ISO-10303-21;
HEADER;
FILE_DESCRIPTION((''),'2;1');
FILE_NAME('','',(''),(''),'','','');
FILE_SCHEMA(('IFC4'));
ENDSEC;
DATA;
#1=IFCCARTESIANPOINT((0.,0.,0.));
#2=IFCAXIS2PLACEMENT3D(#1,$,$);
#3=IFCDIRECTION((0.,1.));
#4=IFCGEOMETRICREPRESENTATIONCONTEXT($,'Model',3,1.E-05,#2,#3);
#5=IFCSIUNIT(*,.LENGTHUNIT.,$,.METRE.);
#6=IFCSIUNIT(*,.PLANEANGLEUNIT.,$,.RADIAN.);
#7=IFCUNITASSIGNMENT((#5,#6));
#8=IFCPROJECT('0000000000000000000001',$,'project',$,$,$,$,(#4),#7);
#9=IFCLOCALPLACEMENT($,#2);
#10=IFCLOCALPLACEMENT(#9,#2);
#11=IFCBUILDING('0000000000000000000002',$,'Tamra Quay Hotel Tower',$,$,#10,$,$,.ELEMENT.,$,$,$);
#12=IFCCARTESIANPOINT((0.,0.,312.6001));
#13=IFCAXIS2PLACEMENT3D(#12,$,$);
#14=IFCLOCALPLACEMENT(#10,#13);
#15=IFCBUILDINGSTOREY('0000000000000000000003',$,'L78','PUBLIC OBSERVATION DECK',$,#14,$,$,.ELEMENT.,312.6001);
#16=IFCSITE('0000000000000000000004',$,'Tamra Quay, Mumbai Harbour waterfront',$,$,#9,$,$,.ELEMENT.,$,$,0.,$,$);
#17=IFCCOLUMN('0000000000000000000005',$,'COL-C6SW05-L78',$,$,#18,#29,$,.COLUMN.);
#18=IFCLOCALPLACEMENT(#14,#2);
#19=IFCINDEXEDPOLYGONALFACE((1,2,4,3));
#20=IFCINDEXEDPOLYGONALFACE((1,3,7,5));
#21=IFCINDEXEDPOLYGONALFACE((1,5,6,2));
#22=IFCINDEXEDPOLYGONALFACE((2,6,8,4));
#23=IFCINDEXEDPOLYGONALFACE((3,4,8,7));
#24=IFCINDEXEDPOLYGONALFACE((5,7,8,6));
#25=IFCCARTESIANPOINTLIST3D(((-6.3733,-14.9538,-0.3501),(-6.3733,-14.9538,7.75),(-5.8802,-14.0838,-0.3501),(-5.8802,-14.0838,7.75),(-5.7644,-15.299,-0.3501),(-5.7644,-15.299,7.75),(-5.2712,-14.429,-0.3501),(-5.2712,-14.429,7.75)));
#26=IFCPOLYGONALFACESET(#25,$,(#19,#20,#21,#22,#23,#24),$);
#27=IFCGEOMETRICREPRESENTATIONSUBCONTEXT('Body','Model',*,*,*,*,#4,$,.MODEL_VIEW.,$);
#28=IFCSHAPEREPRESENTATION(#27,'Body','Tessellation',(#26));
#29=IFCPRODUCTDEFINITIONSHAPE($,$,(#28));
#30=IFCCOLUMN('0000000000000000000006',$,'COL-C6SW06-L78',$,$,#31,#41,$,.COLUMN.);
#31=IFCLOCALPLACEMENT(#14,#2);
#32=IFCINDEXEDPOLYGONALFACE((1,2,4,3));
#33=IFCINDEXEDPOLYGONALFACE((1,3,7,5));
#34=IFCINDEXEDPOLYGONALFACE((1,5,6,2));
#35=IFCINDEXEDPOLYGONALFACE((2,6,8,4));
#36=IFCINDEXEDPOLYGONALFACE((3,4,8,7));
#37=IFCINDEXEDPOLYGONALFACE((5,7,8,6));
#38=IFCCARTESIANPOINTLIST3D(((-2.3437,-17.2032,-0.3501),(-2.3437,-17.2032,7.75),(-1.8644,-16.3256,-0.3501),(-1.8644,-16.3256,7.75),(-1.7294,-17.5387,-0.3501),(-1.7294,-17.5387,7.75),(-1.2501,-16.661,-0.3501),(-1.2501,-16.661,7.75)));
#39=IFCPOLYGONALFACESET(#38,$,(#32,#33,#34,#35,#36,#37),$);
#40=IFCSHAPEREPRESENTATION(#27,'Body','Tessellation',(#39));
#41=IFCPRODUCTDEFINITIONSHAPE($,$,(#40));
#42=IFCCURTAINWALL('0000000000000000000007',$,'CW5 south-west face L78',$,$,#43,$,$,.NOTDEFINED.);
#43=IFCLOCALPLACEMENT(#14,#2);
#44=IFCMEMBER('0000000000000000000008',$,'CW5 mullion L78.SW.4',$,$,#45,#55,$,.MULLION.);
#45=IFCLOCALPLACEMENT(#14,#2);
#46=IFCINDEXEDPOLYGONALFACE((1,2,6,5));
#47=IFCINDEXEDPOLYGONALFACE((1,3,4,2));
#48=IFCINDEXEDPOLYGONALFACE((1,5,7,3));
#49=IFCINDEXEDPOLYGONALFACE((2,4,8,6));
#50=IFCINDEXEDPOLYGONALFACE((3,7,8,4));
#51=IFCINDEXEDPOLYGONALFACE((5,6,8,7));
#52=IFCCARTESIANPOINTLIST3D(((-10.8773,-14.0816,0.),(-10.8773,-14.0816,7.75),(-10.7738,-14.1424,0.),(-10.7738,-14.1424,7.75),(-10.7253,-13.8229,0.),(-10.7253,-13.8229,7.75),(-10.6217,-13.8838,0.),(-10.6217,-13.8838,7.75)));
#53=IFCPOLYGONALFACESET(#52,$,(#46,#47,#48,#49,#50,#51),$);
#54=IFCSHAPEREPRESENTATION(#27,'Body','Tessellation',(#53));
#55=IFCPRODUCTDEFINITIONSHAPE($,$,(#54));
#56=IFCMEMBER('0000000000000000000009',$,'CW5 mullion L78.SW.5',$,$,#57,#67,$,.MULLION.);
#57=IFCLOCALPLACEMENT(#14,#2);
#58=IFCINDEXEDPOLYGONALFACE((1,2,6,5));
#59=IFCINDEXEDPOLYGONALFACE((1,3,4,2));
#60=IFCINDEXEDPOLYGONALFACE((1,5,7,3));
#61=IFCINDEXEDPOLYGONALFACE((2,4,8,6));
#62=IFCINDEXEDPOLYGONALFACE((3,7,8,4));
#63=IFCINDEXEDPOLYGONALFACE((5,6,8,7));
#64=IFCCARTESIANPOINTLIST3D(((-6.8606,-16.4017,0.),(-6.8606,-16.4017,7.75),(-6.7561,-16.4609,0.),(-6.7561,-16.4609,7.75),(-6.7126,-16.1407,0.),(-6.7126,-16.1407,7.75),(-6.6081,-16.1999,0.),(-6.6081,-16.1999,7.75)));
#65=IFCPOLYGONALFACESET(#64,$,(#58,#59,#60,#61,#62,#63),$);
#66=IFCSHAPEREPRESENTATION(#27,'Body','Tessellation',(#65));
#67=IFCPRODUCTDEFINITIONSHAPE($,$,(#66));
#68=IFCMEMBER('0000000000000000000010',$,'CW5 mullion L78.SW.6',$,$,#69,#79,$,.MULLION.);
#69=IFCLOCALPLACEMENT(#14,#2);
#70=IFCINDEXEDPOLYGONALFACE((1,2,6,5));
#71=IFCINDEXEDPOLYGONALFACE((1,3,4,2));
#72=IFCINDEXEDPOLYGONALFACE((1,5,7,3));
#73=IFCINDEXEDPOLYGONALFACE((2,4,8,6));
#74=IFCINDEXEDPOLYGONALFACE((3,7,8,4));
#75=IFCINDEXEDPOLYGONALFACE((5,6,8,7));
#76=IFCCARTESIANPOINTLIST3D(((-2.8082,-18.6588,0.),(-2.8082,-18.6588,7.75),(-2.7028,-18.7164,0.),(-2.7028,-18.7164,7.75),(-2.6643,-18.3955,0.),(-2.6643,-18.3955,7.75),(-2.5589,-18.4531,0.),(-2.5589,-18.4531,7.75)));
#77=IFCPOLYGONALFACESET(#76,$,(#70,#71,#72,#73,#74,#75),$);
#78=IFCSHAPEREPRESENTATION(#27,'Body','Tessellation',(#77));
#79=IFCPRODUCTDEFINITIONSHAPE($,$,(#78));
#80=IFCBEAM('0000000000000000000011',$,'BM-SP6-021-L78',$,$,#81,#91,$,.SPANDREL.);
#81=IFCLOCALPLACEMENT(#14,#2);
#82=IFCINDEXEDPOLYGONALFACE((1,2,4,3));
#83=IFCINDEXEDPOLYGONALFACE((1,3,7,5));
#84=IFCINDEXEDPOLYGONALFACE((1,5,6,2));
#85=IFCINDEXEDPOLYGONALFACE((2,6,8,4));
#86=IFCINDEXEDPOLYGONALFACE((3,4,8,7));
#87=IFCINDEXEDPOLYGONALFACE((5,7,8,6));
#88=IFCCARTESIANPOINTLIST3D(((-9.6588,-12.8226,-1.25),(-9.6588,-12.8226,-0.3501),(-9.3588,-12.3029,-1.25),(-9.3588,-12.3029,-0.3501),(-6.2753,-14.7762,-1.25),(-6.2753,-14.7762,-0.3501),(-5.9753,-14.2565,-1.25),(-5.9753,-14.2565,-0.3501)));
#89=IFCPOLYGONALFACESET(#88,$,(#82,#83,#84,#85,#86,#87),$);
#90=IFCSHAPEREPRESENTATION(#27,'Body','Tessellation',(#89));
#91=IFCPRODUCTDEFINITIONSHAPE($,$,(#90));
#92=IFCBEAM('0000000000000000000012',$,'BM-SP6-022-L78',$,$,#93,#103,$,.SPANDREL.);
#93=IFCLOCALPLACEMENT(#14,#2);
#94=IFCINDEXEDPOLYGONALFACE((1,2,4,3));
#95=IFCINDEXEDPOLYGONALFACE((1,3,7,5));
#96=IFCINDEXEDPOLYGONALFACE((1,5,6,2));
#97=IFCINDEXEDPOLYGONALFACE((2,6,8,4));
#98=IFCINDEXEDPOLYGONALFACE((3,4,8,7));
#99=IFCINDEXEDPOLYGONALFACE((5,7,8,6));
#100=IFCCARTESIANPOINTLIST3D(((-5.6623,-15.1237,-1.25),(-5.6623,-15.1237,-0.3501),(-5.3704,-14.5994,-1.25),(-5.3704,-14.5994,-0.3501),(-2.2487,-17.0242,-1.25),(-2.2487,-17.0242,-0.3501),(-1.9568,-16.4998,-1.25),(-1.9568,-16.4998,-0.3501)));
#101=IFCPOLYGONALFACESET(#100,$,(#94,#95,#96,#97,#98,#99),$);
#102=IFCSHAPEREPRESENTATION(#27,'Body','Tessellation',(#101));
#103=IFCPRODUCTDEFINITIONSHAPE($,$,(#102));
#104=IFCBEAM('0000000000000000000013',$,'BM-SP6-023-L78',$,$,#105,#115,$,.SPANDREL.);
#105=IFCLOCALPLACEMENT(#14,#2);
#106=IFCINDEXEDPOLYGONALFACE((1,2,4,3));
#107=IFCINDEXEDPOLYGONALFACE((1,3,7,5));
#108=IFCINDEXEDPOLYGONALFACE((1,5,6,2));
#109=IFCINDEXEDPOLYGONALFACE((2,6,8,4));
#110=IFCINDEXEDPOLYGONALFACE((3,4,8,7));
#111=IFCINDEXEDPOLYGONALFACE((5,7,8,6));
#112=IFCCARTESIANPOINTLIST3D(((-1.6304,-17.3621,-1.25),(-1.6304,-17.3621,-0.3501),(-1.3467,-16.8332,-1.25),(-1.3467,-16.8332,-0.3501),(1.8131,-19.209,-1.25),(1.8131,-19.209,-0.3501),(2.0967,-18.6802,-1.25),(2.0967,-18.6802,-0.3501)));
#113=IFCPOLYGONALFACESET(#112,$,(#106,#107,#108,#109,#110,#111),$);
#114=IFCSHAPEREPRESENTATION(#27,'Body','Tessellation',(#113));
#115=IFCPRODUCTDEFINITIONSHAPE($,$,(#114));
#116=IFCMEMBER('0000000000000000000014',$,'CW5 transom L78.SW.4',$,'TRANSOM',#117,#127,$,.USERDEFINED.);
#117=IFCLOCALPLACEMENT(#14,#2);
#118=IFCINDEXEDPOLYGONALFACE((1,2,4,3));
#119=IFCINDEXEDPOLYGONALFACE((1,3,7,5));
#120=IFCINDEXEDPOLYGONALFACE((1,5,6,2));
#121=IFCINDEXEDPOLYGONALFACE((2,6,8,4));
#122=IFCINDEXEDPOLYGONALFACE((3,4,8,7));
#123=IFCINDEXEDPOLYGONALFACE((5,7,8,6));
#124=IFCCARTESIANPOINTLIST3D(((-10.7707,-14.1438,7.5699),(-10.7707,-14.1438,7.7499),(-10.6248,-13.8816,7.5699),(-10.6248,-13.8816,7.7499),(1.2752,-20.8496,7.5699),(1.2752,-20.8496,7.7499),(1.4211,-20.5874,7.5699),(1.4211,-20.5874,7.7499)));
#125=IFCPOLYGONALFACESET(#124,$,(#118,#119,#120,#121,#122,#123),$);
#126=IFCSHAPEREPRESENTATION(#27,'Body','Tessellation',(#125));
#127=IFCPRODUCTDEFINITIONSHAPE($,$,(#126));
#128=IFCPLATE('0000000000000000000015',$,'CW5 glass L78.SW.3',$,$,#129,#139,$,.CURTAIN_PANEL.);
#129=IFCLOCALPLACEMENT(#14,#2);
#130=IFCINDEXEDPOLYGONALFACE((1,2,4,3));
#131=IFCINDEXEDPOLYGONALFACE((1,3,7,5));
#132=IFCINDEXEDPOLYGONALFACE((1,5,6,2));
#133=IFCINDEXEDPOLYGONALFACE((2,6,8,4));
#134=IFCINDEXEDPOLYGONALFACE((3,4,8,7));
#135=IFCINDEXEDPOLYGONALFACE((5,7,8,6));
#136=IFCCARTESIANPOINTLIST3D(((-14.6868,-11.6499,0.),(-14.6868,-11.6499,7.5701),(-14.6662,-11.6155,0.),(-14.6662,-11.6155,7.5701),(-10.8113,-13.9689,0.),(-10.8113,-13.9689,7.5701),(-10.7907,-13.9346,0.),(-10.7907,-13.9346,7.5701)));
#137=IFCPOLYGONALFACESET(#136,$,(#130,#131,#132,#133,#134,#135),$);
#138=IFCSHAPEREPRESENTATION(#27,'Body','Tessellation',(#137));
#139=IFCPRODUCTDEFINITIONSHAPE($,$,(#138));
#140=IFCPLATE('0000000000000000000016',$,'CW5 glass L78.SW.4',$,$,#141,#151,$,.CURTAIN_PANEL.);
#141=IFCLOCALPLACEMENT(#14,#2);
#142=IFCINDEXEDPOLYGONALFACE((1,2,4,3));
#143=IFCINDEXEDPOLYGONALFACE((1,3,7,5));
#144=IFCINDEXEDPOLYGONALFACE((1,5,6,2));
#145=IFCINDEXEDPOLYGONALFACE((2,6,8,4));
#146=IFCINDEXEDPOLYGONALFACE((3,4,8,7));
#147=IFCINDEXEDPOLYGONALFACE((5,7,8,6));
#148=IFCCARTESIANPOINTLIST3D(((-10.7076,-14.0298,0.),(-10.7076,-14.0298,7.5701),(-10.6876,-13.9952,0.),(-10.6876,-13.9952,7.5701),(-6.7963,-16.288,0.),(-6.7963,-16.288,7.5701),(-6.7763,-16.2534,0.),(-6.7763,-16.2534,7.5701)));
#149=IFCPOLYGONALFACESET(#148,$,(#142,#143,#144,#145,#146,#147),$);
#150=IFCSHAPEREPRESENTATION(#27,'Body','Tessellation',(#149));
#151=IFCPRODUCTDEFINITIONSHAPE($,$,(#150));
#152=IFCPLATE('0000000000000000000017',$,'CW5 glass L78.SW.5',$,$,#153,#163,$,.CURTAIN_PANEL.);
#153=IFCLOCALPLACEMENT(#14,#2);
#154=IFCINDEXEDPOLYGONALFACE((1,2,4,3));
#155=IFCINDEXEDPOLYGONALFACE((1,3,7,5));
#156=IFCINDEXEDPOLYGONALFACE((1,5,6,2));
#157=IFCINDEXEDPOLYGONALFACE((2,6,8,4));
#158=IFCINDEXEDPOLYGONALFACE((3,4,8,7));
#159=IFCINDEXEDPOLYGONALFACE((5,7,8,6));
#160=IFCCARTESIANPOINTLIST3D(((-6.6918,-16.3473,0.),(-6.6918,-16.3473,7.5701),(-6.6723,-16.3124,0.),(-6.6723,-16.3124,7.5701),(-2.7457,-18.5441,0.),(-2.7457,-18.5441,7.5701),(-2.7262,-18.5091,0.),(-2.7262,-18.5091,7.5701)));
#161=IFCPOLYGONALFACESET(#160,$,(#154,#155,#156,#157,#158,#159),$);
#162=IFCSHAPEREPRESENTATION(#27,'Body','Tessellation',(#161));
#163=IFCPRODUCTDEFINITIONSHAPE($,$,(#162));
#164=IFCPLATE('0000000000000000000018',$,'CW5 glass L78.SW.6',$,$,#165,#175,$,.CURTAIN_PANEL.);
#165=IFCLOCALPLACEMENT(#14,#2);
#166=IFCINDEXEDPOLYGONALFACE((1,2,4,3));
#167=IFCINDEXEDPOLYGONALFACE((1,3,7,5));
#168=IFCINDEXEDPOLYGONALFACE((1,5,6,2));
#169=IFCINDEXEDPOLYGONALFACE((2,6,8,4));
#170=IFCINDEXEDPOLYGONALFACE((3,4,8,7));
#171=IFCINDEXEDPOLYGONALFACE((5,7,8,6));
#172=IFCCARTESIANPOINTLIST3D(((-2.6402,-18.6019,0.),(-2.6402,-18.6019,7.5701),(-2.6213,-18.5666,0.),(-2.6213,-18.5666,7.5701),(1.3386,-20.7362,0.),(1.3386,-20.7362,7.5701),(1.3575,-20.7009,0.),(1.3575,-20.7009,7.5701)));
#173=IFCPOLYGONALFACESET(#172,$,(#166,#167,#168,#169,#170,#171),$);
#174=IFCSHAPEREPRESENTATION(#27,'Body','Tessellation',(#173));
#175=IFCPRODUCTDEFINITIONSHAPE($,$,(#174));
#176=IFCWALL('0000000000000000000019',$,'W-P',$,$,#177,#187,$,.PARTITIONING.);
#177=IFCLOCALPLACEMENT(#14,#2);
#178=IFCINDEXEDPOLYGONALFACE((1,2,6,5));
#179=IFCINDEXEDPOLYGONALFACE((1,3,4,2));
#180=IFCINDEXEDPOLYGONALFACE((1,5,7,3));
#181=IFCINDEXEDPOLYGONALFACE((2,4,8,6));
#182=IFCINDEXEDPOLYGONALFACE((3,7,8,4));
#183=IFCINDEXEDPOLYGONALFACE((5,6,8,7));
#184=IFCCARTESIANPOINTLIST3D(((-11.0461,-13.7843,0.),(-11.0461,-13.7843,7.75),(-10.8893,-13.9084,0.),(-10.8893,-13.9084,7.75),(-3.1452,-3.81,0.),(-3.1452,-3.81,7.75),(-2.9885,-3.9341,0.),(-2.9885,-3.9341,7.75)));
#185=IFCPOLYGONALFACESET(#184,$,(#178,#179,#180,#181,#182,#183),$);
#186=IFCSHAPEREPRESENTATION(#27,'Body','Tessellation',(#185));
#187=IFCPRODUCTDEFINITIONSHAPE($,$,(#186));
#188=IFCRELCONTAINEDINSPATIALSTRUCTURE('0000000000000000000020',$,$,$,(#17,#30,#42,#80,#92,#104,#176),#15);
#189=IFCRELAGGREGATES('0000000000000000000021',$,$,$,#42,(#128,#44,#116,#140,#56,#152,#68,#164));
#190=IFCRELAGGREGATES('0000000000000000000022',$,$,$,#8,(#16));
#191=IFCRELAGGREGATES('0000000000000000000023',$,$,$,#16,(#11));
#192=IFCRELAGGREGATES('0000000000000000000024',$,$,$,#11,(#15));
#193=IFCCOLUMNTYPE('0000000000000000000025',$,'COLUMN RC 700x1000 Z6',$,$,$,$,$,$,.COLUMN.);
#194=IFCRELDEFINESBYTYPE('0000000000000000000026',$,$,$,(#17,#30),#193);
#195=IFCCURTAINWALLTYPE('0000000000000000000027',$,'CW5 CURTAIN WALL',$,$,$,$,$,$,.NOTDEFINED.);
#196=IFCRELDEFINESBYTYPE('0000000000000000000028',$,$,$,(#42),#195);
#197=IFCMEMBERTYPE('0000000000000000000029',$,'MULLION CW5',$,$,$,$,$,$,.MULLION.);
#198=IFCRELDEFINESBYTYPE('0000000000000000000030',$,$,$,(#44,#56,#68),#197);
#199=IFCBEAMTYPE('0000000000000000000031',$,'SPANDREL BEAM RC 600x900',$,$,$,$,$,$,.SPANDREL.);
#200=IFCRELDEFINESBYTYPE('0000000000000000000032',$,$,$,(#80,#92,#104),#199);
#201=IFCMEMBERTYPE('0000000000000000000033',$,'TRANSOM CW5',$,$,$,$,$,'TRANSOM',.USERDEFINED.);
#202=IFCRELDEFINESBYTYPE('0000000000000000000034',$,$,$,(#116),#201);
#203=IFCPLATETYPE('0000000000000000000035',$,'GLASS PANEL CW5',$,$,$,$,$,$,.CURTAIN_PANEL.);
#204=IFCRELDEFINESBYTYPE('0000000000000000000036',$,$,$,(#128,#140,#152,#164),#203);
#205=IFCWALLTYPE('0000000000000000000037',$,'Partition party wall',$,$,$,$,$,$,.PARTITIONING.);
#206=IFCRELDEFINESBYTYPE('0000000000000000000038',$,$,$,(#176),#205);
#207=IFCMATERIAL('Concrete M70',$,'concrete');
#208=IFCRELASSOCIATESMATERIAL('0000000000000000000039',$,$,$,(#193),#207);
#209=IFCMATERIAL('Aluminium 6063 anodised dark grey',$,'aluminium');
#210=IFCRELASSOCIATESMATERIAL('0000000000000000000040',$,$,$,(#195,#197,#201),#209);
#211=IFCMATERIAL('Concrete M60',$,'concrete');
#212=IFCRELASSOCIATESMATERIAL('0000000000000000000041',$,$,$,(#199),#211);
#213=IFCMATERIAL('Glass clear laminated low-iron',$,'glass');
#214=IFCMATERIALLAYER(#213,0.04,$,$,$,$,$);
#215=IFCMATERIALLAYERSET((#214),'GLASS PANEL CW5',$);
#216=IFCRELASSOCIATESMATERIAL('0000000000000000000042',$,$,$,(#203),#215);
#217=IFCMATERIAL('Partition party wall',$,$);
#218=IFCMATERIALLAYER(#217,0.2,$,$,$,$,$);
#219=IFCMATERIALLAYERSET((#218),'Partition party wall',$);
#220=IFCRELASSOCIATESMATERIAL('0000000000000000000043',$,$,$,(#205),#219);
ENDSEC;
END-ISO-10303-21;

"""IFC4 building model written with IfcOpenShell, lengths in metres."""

from ifc_helpers import new_model, si_unit, direction, frame, frame_2d, origin, origin_2d, place, context, subcontext, project, spatial, rectangle, extrude, material, layer, layer_set, material_profile, profile_set, type_object, element, aggregate, save


model = new_model("IFC4")

# Units and contexts
model_context = context("Model", 3, precision=1e-05, world=origin(), true_north=direction((0.0, 1.0)))
body_context = subcontext(model_context, "Body", "Model", "MODEL_VIEW")
ifc_project = project(units=[si_unit("LENGTHUNIT", "METRE"), si_unit("PLANEANGLEUNIT", "RADIAN")], contexts=[model_context])

# Site, building, storey
site_placement = place(None, origin())
site = spatial("IfcSite", under=ifc_project, at=site_placement, Name="Tamra Quay, Mumbai Harbour waterfront", CompositionType="ELEMENT", RefElevation=0.0)
building_placement = place(site_placement, origin())
building = spatial("IfcBuilding", under=site, at=building_placement, Name="Tamra Quay Hotel Tower", CompositionType="ELEMENT")
storey_placement = place(building_placement, frame((0.0, 0.0, 312.6001)))
storey = spatial("IfcBuildingStorey", under=building, at=storey_placement, Name="L78", Description="PUBLIC OBSERVATION DECK", CompositionType="ELEMENT", Elevation=312.6001)

# Columns
ifc_material_1 = material(Name="Concrete M70", Category="concrete")
ifc_material_profile_1 = material_profile(ifc_material_1, rectangle(XDim=1.0, YDim=0.7, at=origin_2d()), Name="COLUMN RC 700x1000 Z6")
ifc_profile_set_1 = profile_set([ifc_material_profile_1], Name="Concrete M70")
column_type = type_object("IfcColumnType", Name="COLUMN RC 700x1000 Z6", PredefinedType="COLUMN", material=ifc_profile_set_1)
for number, where, z_axis, x_axis, name in (
    (1, (-5.8223, -14.6914, -0.3501), (0.0, 0.0, 1.0), (0.493125, 0.869958, 0.0), "COL-C6SW05-L78"),
    (2, (-1.7969, -16.9321, -0.3501), (0.0, 0.0, 1.0), (0.479288, 0.877658, 0.0), "COL-C6SW06-L78"),
):
    element("IfcColumn", number, at=place(storey_placement, frame(where, z_axis=z_axis, x_axis=x_axis)), inside=storey, type_object=column_type, Name=name, PredefinedType="COLUMN", context=body_context, shape_type="SweptSolid", body=[
        extrude(rectangle(XDim=1.0, YDim=0.7, at=origin_2d()), origin(), (0.0, 0.0, 1.0), 8.1001),
    ])

# Curtain wall, members
ifc_material_2 = material(Name="Aluminium 6063 anodised dark grey", Category="aluminium")
curtain_wall_type = type_object("IfcCurtainWallType", Name="CW5 CURTAIN WALL", PredefinedType="NOTDEFINED", material=ifc_material_2)
curtain_wall_placement = place(storey_placement, origin())
curtain_wall = element("IfcCurtainWall", 3, at=curtain_wall_placement, inside=storey, type_object=curtain_wall_type, Name="CW5 south-west face L78", PredefinedType="NOTDEFINED")
ifc_material_profile_2 = material_profile(ifc_material_2, rectangle(XDim=0.3, YDim=0.1201, at=origin_2d()), Name="MULLION 120X300")
ifc_profile_set_2 = profile_set([ifc_material_profile_2], Name="Aluminium 6063 anodised dark grey")
member_type_1 = type_object("IfcMemberType", Name="MULLION CW5", PredefinedType="MULLION", material=ifc_profile_set_2)
member_1_placement = place(storey_placement, frame((-10.7495, -13.9827, 0.0), z_axis=(0.0, 0.0, 1.0), x_axis=(-0.506754, -0.862091, 0.0)))
member_1 = element("IfcMember", 4, at=member_1_placement, type_object=member_type_1, Name="CW5 mullion L78.SW.4", PredefinedType="MULLION", context=body_context, shape_type="SweptSolid", body=[
    extrude(rectangle(XDim=0.3, YDim=0.1201, at=origin_2d()), origin(), (0.0, 0.0, 1.0), 7.75),
])
member_2_placement = place(storey_placement, frame((-6.7344, -16.3008, 0.0), z_axis=(0.0, 0.0, 1.0), x_axis=(-0.493215, -0.869907, 0.0)))
member_2 = element("IfcMember", 5, at=member_2_placement, type_object=member_type_1, Name="CW5 mullion L78.SW.5", PredefinedType="MULLION", context=body_context, shape_type="SweptSolid", body=[
    extrude(rectangle(XDim=0.3, YDim=0.1201, at=origin_2d()), origin(), (0.0, 0.0, 1.0), 7.75),
])
member_3_placement = place(storey_placement, frame((-2.6836, -18.5559, 0.0), z_axis=(0.0, 0.0, 1.0), x_axis=(-0.479565, -0.877506, 0.0)))
member_3 = element("IfcMember", 6, at=member_3_placement, type_object=member_type_1, Name="CW5 mullion L78.SW.6", PredefinedType="MULLION", context=body_context, shape_type="SweptSolid", body=[
    extrude(rectangle(XDim=0.3, YDim=0.1201, at=origin_2d()), origin(), (0.0, 0.0, 1.0), 7.75),
])

# Beams
ifc_material_3 = material(Name="Concrete M60", Category="concrete")
ifc_material_profile_3 = material_profile(ifc_material_3, rectangle(XDim=0.6001, YDim=0.8999, at=origin_2d()), Name="SPANDREL BEAM RC 600x900")
ifc_profile_set_3 = profile_set([ifc_material_profile_3], Name="Concrete M60")
beam_type = type_object("IfcBeamType", Name="SPANDREL BEAM RC 600x900", PredefinedType="SPANDREL", material=ifc_profile_set_3)
for number, where, z_axis, x_axis, name in (
    (7, (-9.5088, -12.5627, -0.8), (0.866012, -0.500024, 0.0), (0.500024, 0.866012, 0.0), "BM-SP6-021-L78"),
    (8, (-5.5164, -14.8616, -0.8), (0.873727, -0.486417, 0.0), (0.486417, 0.873727, 0.0), "BM-SP6-022-L78"),
):
    element("IfcBeam", number, at=place(storey_placement, frame(where, z_axis=z_axis, x_axis=x_axis)), inside=storey, type_object=beam_type, Name=name, PredefinedType="SPANDREL", context=body_context, shape_type="SweptSolid", body=[
        extrude(rectangle(XDim=0.6001, YDim=0.8999, at=origin_2d()), origin(), (0.0, 0.0, 1.0), 3.907),
    ])
beam_placement = place(storey_placement, frame((-1.4885, -17.0977, -0.8), z_axis=(0.881238, -0.472672, 0.0), x_axis=(0.472672, 0.881238, 0.0)))
element("IfcBeam", 9, at=beam_placement, inside=storey, type_object=beam_type, Name="BM-SP6-023-L78", PredefinedType="SPANDREL", context=body_context, shape_type="SweptSolid", body=[
    extrude(rectangle(XDim=0.6001, YDim=0.8999, at=origin_2d()), origin(), (0.0, 0.0, 1.0), 3.9075),
])

# Member
ifc_material_profile_4 = material_profile(ifc_material_2, rectangle(XDim=0.3, YDim=0.1799, at=origin_2d()), Name="TRANSOM 300X180")
ifc_profile_set_4 = profile_set([ifc_material_profile_4], Name="Aluminium 6063 anodised dark grey")
member_type_2 = type_object("IfcMemberType", Name="TRANSOM CW5", ElementType="TRANSOM", PredefinedType="USERDEFINED", material=ifc_profile_set_4)
member_4_placement = place(storey_placement, frame((-10.6978, -14.0127, 7.6599), z_axis=(0.873737, -0.486399, 0.0), x_axis=(0.486399, 0.873737, 0.0)))
member_4 = element("IfcMember", 10, at=member_4_placement, type_object=member_type_2, Name="CW5 transom L78.SW.4", ObjectType="TRANSOM", PredefinedType="USERDEFINED", context=body_context, shape_type="SweptSolid", body=[
    extrude(rectangle(XDim=0.3, YDim=0.1799, at=origin_2d()), origin(), (0.0, 0.0, 1.0), 13.7866),
])

# Plates
ifc_material_4 = material(Name="Glass clear laminated low-iron", Category="glass")
ifc_layer_1 = layer(ifc_material_4, 0.04)
ifc_layer_set_1 = layer_set([ifc_layer_1], Name="GLASS PANEL CW5")
plate_type = type_object("IfcPlateType", Name="GLASS PANEL CW5", PredefinedType="CURTAIN_PANEL", material=ifc_layer_set_1)
plate_1_placement = place(storey_placement, frame((-12.7388, -12.7922, 0.0), z_axis=(0.0, 0.0, 1.0), x_axis=(0.858103, -0.513477, 0.0)))
plate_1 = element("IfcPlate", 11, at=plate_1_placement, type_object=plate_type, Name="CW5 glass L78.SW.3", PredefinedType="CURTAIN_PANEL", context=body_context, shape_type="SweptSolid", body=[
    extrude(rectangle(XDim=4.5164, YDim=0.04, at=origin_2d()), origin(), (0.0, 0.0, 1.0), 7.5701),
])
plate_2_placement = place(storey_placement, frame((-8.7419, -15.1416, 0.0), z_axis=(0.0, 0.0, 1.0), x_axis=(0.866025, -0.5, 0.0)))
plate_2 = element("IfcPlate", 12, at=plate_2_placement, type_object=plate_type, Name="CW5 glass L78.SW.4", PredefinedType="CURTAIN_PANEL", context=body_context, shape_type="SweptSolid", body=[
    extrude(rectangle(XDim=4.5164, YDim=0.04, at=origin_2d()), origin(), (0.0, 0.0, 1.0), 7.5701),
])
plate_3_placement = place(storey_placement, frame((-4.709, -17.4282, 0.0), z_axis=(0.0, 0.0, 1.0), x_axis=(0.873736, -0.486401, 0.0)))
plate_3 = element("IfcPlate", 13, at=plate_3_placement, type_object=plate_type, Name="CW5 glass L78.SW.5", PredefinedType="CURTAIN_PANEL", context=body_context, shape_type="SweptSolid", body=[
    extrude(rectangle(XDim=4.5164, YDim=0.04, at=origin_2d()), origin(), (0.0, 0.0, 1.0), 7.5701),
])
plate_4_placement = place(storey_placement, frame((-0.6414, -19.6514, 0.0), z_axis=(0.0, 0.0, 1.0), x_axis=(0.881224, -0.4727, 0.0)))
plate_4 = element("IfcPlate", 14, at=plate_4_placement, type_object=plate_type, Name="CW5 glass L78.SW.6", PredefinedType="CURTAIN_PANEL", context=body_context, shape_type="SweptSolid", body=[
    extrude(rectangle(XDim=4.5151, YDim=0.04, at=origin_2d()), origin(), (0.0, 0.0, 1.0), 7.5701),
])
aggregate(curtain_wall, [plate_1, member_1, member_4, plate_2, member_2, plate_3, member_3, plate_4])

# Wall
ifc_material_5 = material(Name="Partition party wall")
ifc_layer_2 = layer(ifc_material_5, 0.2)
ifc_layer_set_2 = layer_set([ifc_layer_2], Name="Partition party wall")
wall_type = type_object("IfcWallType", Name="Partition party wall", PredefinedType="PARTITIONING", material=ifc_layer_set_2)
wall_1_placement = place(storey_placement, frame((-10.9678, -13.8464, 0.0), z_axis=(0.0, 0.0, 1.0), x_axis=(0.620921, 0.783873, 0.0)))
element("IfcWall", 15, at=wall_1_placement, inside=storey, type_object=wall_type, Name="W-P", PredefinedType="PARTITIONING", context=body_context, shape_type="SweptSolid", body=[
    extrude(rectangle(XDim=12.7244, YDim=0.2, at=frame_2d((6.3623, 0.0))), origin(), (0.0, 0.0, 1.0), 7.75),
])

save(model, "model.ifc")
